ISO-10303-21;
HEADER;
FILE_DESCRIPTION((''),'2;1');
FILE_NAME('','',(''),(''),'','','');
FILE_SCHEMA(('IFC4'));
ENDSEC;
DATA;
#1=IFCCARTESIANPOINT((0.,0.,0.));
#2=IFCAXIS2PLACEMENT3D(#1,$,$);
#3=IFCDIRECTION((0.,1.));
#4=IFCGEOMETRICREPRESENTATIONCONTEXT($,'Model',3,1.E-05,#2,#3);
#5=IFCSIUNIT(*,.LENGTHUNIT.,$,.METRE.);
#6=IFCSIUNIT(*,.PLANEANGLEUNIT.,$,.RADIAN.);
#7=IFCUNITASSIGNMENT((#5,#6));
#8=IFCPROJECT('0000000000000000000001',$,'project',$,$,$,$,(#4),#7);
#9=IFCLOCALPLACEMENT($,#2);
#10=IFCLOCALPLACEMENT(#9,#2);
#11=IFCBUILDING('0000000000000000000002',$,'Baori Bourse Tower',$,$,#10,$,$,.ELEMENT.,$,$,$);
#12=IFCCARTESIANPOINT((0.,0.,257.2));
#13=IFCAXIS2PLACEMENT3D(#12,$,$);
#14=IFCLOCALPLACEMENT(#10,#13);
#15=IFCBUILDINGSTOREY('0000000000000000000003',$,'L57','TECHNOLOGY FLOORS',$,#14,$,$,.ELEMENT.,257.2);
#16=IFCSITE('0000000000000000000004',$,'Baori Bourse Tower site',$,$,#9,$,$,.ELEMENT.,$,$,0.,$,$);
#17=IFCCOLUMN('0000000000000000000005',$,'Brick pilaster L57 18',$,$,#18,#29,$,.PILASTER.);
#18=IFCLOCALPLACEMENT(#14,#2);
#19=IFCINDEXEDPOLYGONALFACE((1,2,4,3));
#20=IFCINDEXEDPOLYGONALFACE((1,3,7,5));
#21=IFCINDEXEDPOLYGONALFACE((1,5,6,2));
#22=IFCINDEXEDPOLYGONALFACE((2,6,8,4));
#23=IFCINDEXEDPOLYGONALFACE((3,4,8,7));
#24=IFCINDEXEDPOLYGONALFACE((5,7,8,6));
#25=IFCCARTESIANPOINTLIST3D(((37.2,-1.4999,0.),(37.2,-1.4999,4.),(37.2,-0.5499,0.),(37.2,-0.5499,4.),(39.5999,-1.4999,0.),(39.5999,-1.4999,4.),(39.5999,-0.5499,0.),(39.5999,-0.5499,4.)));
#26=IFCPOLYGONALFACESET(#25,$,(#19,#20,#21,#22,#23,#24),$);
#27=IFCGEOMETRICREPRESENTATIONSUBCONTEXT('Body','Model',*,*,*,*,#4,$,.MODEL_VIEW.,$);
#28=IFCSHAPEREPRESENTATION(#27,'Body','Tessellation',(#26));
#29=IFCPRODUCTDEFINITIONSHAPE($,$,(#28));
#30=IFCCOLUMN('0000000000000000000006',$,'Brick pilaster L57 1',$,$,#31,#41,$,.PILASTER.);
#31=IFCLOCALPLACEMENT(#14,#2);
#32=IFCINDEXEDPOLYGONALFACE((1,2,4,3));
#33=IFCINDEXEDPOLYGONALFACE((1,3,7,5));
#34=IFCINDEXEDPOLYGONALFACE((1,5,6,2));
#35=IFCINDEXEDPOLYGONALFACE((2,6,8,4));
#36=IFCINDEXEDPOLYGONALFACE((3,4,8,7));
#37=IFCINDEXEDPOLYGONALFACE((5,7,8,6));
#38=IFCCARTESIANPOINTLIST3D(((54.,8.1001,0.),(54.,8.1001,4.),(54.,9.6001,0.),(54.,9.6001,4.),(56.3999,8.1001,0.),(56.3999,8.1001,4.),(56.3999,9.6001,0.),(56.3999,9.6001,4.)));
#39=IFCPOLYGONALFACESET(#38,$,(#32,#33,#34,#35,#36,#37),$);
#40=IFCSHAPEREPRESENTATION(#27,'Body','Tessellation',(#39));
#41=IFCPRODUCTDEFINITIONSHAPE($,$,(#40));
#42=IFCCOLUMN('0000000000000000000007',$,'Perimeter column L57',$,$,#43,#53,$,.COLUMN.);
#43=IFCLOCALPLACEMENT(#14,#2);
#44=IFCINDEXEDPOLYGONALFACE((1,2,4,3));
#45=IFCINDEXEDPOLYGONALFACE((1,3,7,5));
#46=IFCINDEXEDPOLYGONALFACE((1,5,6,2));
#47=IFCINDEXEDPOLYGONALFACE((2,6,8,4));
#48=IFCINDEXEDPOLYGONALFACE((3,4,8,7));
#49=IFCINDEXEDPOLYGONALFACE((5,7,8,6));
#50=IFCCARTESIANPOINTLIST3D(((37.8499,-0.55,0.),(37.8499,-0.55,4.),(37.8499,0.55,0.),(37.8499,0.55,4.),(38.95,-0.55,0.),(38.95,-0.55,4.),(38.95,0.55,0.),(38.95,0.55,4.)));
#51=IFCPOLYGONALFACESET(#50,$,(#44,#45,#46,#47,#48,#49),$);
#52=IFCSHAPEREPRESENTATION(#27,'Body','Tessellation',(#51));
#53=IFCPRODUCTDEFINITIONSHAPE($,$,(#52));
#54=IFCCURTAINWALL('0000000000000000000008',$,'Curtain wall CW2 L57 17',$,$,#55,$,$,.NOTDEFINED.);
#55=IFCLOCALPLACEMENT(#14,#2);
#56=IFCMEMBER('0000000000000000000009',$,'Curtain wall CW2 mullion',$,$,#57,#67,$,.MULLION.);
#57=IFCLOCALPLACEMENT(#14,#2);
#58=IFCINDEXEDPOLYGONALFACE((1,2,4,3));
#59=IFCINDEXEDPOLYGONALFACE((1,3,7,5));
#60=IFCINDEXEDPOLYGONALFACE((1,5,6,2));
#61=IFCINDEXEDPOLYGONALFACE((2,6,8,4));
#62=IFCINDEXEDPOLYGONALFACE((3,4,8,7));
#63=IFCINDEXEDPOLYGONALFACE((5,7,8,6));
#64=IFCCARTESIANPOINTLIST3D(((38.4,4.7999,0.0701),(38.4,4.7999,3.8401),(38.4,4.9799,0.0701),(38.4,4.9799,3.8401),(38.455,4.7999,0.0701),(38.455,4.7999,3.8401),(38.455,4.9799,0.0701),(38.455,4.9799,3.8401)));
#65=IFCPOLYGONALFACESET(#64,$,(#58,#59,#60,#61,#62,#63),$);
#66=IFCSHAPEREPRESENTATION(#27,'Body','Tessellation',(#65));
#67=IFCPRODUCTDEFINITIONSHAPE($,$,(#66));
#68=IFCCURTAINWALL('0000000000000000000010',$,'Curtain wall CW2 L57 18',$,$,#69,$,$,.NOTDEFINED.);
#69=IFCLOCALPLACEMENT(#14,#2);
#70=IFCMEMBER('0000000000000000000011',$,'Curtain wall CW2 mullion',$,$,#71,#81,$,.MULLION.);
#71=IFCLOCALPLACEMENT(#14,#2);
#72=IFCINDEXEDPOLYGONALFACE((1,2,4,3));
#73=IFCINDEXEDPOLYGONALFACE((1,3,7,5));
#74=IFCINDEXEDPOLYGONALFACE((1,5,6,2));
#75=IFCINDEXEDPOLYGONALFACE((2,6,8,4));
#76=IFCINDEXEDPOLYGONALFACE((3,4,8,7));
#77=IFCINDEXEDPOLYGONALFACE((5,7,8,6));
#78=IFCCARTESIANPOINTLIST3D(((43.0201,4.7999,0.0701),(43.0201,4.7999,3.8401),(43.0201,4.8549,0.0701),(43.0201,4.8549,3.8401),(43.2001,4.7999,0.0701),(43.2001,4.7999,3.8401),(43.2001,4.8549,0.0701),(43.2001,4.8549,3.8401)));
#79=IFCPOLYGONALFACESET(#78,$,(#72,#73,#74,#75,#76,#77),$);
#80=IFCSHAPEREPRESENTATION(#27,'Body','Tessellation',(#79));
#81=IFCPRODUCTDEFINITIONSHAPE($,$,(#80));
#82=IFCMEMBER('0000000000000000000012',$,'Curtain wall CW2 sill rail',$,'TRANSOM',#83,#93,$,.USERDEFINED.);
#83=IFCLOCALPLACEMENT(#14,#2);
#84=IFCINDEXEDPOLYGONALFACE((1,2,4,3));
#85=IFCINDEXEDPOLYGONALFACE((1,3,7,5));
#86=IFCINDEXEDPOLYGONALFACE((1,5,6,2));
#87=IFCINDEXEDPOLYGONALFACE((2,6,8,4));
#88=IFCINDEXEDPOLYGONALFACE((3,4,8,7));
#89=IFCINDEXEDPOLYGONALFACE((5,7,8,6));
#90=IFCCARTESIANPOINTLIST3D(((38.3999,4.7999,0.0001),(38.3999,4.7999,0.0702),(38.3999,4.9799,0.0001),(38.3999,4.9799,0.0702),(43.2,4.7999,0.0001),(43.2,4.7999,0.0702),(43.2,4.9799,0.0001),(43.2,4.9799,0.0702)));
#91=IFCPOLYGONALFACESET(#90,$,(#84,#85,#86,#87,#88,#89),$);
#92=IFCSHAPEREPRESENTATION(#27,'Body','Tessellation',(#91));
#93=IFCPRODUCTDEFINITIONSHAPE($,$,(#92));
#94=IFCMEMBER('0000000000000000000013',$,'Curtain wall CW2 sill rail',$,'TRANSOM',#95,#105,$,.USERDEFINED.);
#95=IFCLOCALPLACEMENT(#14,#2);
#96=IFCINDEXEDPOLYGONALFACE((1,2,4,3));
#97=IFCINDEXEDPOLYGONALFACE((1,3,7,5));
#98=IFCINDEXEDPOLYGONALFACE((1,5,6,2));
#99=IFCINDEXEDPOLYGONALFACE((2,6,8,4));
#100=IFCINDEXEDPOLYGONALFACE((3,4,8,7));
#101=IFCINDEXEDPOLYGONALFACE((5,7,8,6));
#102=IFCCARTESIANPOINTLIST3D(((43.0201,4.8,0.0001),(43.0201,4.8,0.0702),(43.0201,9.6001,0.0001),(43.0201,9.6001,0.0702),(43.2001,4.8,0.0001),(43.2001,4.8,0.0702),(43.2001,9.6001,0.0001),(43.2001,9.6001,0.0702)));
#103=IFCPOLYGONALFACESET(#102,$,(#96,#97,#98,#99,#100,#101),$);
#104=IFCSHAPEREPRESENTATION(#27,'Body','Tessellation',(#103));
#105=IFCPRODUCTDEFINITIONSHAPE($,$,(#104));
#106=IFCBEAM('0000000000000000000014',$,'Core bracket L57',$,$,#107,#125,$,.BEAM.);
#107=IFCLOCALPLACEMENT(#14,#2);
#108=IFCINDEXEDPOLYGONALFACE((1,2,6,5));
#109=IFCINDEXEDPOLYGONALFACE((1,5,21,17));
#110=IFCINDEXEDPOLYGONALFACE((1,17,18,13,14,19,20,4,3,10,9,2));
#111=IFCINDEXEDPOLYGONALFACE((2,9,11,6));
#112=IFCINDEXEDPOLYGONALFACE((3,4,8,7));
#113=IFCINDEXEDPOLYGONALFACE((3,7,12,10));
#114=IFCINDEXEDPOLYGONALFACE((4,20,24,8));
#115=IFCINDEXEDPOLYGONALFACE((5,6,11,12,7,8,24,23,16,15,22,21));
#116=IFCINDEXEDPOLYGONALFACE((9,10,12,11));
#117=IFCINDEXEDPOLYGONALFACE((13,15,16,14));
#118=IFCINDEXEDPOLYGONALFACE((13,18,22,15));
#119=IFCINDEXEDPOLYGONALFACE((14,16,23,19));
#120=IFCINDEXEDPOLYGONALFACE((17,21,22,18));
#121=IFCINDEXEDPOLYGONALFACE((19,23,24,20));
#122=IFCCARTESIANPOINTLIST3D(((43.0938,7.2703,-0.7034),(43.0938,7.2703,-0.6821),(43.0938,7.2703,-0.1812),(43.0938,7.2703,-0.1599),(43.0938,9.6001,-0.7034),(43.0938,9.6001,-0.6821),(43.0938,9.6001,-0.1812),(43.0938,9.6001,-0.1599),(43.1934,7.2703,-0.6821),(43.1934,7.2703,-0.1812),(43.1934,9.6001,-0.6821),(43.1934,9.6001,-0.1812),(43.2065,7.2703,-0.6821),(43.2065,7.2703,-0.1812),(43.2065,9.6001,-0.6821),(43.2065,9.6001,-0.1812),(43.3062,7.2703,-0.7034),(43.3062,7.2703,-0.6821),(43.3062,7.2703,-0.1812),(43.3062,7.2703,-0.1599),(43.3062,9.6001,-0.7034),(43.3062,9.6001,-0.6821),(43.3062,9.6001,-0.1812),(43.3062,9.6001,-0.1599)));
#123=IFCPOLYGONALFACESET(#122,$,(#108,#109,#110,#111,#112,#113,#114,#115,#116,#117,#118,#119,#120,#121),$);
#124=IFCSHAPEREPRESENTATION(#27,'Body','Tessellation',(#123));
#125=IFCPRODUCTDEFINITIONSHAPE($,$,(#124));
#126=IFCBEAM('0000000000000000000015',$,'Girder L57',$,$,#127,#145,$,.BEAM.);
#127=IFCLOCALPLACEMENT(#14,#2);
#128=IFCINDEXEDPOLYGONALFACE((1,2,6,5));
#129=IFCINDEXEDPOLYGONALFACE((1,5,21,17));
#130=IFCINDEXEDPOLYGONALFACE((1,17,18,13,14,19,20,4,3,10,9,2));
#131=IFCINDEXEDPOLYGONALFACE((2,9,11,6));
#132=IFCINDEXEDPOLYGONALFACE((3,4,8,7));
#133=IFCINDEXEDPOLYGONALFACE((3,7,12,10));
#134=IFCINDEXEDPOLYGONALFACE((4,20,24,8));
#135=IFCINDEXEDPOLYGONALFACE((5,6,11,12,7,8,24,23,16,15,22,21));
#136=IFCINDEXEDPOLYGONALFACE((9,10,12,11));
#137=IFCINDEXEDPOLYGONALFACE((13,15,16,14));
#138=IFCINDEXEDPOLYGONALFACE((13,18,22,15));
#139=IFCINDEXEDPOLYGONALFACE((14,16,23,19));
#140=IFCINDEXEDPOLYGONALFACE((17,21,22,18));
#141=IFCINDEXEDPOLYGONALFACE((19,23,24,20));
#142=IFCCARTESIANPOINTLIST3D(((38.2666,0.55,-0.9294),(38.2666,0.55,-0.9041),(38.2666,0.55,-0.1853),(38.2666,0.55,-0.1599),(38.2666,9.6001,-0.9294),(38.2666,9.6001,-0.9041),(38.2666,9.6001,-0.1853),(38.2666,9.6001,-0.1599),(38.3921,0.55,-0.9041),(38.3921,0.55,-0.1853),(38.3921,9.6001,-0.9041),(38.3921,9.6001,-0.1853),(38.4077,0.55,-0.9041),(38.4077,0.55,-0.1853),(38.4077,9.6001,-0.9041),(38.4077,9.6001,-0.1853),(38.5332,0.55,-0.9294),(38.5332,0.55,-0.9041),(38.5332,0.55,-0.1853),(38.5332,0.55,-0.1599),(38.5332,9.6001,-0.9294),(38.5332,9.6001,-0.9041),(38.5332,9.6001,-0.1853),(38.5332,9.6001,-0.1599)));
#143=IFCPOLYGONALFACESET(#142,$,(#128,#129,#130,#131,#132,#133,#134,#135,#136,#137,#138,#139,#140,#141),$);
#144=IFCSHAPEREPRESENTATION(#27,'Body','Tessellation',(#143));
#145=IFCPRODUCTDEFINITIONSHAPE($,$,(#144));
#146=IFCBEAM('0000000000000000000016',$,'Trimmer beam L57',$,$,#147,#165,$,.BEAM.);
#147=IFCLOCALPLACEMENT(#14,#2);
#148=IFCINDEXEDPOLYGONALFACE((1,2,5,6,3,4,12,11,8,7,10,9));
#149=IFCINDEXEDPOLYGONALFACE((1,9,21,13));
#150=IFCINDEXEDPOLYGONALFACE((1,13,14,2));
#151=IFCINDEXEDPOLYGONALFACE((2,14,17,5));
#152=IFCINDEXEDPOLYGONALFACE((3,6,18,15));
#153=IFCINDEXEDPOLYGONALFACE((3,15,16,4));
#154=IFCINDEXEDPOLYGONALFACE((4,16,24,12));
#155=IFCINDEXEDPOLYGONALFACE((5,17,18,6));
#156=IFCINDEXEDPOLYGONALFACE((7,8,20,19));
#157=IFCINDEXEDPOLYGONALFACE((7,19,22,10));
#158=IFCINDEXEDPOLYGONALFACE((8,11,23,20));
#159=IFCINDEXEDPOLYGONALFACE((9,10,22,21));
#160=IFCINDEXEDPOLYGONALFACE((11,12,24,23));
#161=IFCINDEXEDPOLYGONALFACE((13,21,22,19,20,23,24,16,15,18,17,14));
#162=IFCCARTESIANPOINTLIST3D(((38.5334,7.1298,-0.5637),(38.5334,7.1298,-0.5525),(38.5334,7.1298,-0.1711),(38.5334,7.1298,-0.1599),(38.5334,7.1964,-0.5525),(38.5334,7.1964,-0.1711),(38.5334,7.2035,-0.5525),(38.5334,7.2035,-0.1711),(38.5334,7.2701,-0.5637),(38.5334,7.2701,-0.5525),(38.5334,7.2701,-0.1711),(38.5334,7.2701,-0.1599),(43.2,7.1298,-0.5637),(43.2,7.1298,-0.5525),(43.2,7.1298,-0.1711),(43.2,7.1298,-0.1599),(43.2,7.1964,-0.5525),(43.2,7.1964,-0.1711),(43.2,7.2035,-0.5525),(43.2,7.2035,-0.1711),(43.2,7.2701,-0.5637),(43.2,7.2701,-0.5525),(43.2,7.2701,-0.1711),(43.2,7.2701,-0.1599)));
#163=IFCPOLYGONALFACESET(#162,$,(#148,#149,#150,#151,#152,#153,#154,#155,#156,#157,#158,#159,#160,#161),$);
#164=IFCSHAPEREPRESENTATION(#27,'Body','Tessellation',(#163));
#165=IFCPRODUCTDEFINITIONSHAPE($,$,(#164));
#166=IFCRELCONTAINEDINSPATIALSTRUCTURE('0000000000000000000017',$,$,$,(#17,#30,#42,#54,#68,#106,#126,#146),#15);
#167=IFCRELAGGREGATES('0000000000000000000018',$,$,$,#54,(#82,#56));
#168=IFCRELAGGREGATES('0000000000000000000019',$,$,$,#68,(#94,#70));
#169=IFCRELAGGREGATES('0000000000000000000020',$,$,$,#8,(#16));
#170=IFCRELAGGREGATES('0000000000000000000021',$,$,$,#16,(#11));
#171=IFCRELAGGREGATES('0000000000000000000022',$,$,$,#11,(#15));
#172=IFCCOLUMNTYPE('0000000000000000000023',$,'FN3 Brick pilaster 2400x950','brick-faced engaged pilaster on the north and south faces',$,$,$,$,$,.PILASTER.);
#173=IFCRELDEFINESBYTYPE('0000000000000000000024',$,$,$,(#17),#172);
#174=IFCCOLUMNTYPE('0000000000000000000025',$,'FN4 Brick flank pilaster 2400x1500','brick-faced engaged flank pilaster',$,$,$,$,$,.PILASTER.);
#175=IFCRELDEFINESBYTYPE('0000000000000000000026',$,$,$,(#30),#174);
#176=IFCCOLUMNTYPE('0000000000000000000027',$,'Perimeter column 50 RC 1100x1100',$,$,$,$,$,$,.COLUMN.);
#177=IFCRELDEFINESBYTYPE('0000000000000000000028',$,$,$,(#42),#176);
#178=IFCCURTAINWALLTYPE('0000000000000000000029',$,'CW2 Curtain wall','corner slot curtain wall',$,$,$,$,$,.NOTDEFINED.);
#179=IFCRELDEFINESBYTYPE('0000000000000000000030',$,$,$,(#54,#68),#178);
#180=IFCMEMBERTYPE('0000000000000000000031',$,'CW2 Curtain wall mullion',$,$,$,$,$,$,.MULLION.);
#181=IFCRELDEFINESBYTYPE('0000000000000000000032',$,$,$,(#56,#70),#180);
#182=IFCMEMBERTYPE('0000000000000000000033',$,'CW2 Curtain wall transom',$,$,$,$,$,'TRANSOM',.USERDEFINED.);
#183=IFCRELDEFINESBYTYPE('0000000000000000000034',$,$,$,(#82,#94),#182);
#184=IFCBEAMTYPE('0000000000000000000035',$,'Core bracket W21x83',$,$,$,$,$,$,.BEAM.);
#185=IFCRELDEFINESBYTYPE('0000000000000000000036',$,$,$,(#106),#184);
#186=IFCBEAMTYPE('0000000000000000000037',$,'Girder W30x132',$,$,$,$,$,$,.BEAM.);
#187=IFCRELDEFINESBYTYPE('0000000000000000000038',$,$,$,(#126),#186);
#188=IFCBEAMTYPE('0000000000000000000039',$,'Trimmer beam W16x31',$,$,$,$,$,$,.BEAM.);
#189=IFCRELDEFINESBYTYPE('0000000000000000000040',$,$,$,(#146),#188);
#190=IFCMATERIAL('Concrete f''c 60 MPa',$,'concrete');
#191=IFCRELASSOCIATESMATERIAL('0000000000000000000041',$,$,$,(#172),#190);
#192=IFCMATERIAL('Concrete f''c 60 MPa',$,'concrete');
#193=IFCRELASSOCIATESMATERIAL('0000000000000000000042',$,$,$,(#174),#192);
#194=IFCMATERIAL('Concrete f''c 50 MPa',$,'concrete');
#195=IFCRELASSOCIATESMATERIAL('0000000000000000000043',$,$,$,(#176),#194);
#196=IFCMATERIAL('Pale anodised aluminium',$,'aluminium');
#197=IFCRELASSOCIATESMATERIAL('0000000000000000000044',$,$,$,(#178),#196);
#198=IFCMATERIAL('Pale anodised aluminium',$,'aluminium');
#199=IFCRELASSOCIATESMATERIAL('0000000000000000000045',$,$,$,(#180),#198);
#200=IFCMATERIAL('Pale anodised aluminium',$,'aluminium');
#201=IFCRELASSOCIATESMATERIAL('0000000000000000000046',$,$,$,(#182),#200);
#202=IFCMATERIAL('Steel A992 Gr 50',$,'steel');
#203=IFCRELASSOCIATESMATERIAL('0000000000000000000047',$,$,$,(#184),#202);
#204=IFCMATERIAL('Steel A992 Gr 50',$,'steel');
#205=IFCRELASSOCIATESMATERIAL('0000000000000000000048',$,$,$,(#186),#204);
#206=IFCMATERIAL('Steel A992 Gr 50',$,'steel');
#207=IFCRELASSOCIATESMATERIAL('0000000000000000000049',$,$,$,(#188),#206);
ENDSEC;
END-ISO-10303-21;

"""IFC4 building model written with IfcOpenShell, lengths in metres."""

from ifc_helpers import new_model, si_unit, direction, frame, origin, origin_2d, place, context, subcontext, project, spatial, rectangle, i_section, extrude, material, material_profile, profile_set, type_object, element, aggregate, save


model = new_model("IFC4")

# Units and contexts
model_context = context("Model", 3, precision=1e-05, world=origin(), true_north=direction((0.0, 1.0)))
body_context = subcontext(model_context, "Body", "Model", "MODEL_VIEW")
ifc_project = project(units=[si_unit("LENGTHUNIT", "METRE"), si_unit("PLANEANGLEUNIT", "RADIAN")], contexts=[model_context])

# Site, building, storey
site_placement = place(None, origin())
site = spatial("IfcSite", under=ifc_project, at=site_placement, Name="Baori Bourse Tower site", CompositionType="ELEMENT", RefElevation=0.0)
building_placement = place(site_placement, origin())
building = spatial("IfcBuilding", under=site, at=building_placement, Name="Baori Bourse Tower", CompositionType="ELEMENT")
storey_placement = place(building_placement, frame((0.0, 0.0, 257.2)))
storey = spatial("IfcBuildingStorey", under=building, at=storey_placement, Name="L57", Description="TECHNOLOGY FLOORS", CompositionType="ELEMENT", Elevation=257.2)

# Columns
ifc_material_1 = material(Name="Concrete f'c 60 MPa", Category="concrete")
ifc_material_profile_1 = material_profile(ifc_material_1, rectangle(XDim=2.3999, YDim=0.95, at=origin_2d()), Name="RC 2400x950")
ifc_profile_set_1 = profile_set([ifc_material_profile_1], Name="Concrete f'c 60 MPa")
column_type_1 = type_object("IfcColumnType", Name="FN3 Brick pilaster 2400x950", Description="brick-faced engaged pilaster on the north and south faces", PredefinedType="PILASTER", material=ifc_profile_set_1)
column_1_placement = place(storey_placement, frame((38.3999, -1.0249, 0.0), z_axis=(0.0, 0.0, 1.0), x_axis=(1.0, 0.0, 0.0)))
element("IfcColumn", 1, at=column_1_placement, inside=storey, type_object=column_type_1, Name="Brick pilaster L57 18", PredefinedType="PILASTER", context=body_context, shape_type="SweptSolid", body=[
    extrude(rectangle(XDim=2.3999, YDim=0.95, at=origin_2d()), origin(), (0.0, 0.0, 1.0), 4.0),
])
ifc_material_2 = material(Name="Concrete f'c 60 MPa", Category="concrete")
ifc_material_profile_2 = material_profile(ifc_material_2, rectangle(XDim=2.3999, YDim=1.5, at=origin_2d()), Name="RC 2400x1500")
ifc_profile_set_2 = profile_set([ifc_material_profile_2], Name="Concrete f'c 60 MPa")
column_type_2 = type_object("IfcColumnType", Name="FN4 Brick flank pilaster 2400x1500", Description="brick-faced engaged flank pilaster", PredefinedType="PILASTER", material=ifc_profile_set_2)
column_2_placement = place(storey_placement, frame((55.2, 8.8501, 0.0), z_axis=(0.0, 0.0, 1.0), x_axis=(1.0, 0.0, 0.0)))
element("IfcColumn", 2, at=column_2_placement, inside=storey, type_object=column_type_2, Name="Brick pilaster L57 1", PredefinedType="PILASTER", context=body_context, shape_type="SweptSolid", body=[
    extrude(rectangle(XDim=2.3999, YDim=1.5, at=origin_2d()), origin(), (0.0, 0.0, 1.0), 4.0),
])
ifc_material_3 = material(Name="Concrete f'c 50 MPa", Category="concrete")
ifc_material_profile_3 = material_profile(ifc_material_3, rectangle(XDim=1.1001, YDim=1.1001, at=origin_2d()), Name="RC 1100x1100")
ifc_profile_set_3 = profile_set([ifc_material_profile_3], Name="Concrete f'c 50 MPa")
column_type_3 = type_object("IfcColumnType", Name="Perimeter column 50 RC 1100x1100", PredefinedType="COLUMN", material=ifc_profile_set_3)
column_3_placement = place(storey_placement, frame((38.3999, 0.0, 0.0), z_axis=(0.0, 0.0, 1.0), x_axis=(1.0, 0.0, 0.0)))
element("IfcColumn", 3, at=column_3_placement, inside=storey, type_object=column_type_3, Name="Perimeter column L57", PredefinedType="COLUMN", context=body_context, shape_type="SweptSolid", body=[
    extrude(rectangle(XDim=1.1001, YDim=1.1001, at=origin_2d()), origin(), (0.0, 0.0, 1.0), 4.0),
])

# Curtain walls, members
ifc_material_4 = material(Name="Pale anodised aluminium", Category="aluminium")
curtain_wall_type = type_object("IfcCurtainWallType", Name="CW2 Curtain wall", Description="corner slot curtain wall", PredefinedType="NOTDEFINED", material=ifc_material_4)
curtain_wall_1_placement = place(storey_placement, origin())
curtain_wall_1 = element("IfcCurtainWall", 4, at=curtain_wall_1_placement, inside=storey, type_object=curtain_wall_type, Name="Curtain wall CW2 L57 17", PredefinedType="NOTDEFINED")
ifc_material_5 = material(Name="Pale anodised aluminium", Category="aluminium")
ifc_material_profile_4 = material_profile(ifc_material_5, rectangle(XDim=0.1799, YDim=0.0549, at=origin_2d()), Name="Mullion 55x180")
ifc_profile_set_4 = profile_set([ifc_material_profile_4], Name="Pale anodised aluminium")
member_type_1 = type_object("IfcMemberType", Name="CW2 Curtain wall mullion", PredefinedType="MULLION", material=ifc_profile_set_4)
member_1_placement = place(storey_placement, frame((38.4275, 4.8899, 0.0701), z_axis=(0.0, 0.0, 1.0), x_axis=(0.0, 1.0, 0.0)))
member_1 = element("IfcMember", 5, at=member_1_placement, type_object=member_type_1, Name="Curtain wall CW2 mullion", PredefinedType="MULLION", context=body_context, shape_type="SweptSolid", body=[
    extrude(rectangle(XDim=0.1799, YDim=0.0549, at=origin_2d()), origin(), (0.0, 0.0, 1.0), 3.77),
])
curtain_wall_2_placement = place(storey_placement, origin())
curtain_wall_2 = element("IfcCurtainWall", 6, at=curtain_wall_2_placement, inside=storey, type_object=curtain_wall_type, Name="Curtain wall CW2 L57 18", PredefinedType="NOTDEFINED")
member_2_placement = place(storey_placement, frame((43.1101, 4.8274, 0.0701), z_axis=(0.0, 0.0, 1.0), x_axis=(-1.0, 0.0, 0.0)))
member_2 = element("IfcMember", 7, at=member_2_placement, type_object=member_type_1, Name="Curtain wall CW2 mullion", PredefinedType="MULLION", context=body_context, shape_type="SweptSolid", body=[
    extrude(rectangle(XDim=0.1799, YDim=0.0549, at=origin_2d()), origin(), (0.0, 0.0, 1.0), 3.77),
])

# Members
ifc_material_6 = material(Name="Pale anodised aluminium", Category="aluminium")
ifc_material_profile_5 = material_profile(ifc_material_6, rectangle(XDim=0.1799, YDim=0.0701, at=origin_2d()), Name="Transom 70x180")
ifc_profile_set_5 = profile_set([ifc_material_profile_5], Name="Pale anodised aluminium")
member_type_2 = type_object("IfcMemberType", Name="CW2 Curtain wall transom", ElementType="TRANSOM", PredefinedType="USERDEFINED", material=ifc_profile_set_5)
member_3_placement = place(storey_placement, frame((38.3999, 4.8899, 0.0352), z_axis=(1.0, 0.0, 0.0), x_axis=(0.0, 1.0, 0.0)))
member_3 = element("IfcMember", 8, at=member_3_placement, type_object=member_type_2, Name="Curtain wall CW2 sill rail", ObjectType="TRANSOM", PredefinedType="USERDEFINED", context=body_context, shape_type="SweptSolid", body=[
    extrude(rectangle(XDim=0.1799, YDim=0.0701, at=origin_2d()), origin(), (0.0, 0.0, 1.0), 4.8),
])
member_4_placement = place(storey_placement, frame((43.1101, 4.8, 0.0352), z_axis=(0.0, 1.0, 0.0), x_axis=(-1.0, 0.0, 0.0)))
member_4 = element("IfcMember", 9, at=member_4_placement, type_object=member_type_2, Name="Curtain wall CW2 sill rail", ObjectType="TRANSOM", PredefinedType="USERDEFINED", context=body_context, shape_type="SweptSolid", body=[
    extrude(rectangle(XDim=0.1799, YDim=0.0701, at=origin_2d()), origin(), (0.0, 0.0, 1.0), 4.8),
])

# Beams
ifc_material_7 = material(Name="Steel A992 Gr 50", Category="steel")
ifc_material_profile_6 = material_profile(ifc_material_7, i_section(OverallWidth=0.2124, OverallDepth=0.5435, WebThickness=0.0132, FlangeThickness=0.0212, at=origin_2d()), Name="W21x83")
ifc_profile_set_6 = profile_set([ifc_material_profile_6], Name="Steel A992 Gr 50")
beam_type_1 = type_object("IfcBeamType", Name="Core bracket W21x83", PredefinedType="BEAM", material=ifc_profile_set_6)
beam_1_placement = place(storey_placement, frame((43.2, 7.2703, -0.4316), z_axis=(0.0, 1.0, 0.0), x_axis=(-1.0, 0.0, 0.0)))
element("IfcBeam", 10, at=beam_1_placement, inside=storey, type_object=beam_type_1, Name="Core bracket L57", PredefinedType="BEAM", context=body_context, shape_type="SweptSolid", body=[
    extrude(i_section(OverallWidth=0.2124, OverallDepth=0.5435, WebThickness=0.0132, FlangeThickness=0.0212, at=origin_2d()), origin(), (0.0, 0.0, 1.0), 2.3298),
])
ifc_material_8 = material(Name="Steel A992 Gr 50", Category="steel")
ifc_material_profile_7 = material_profile(ifc_material_8, i_section(OverallWidth=0.2666, OverallDepth=0.7695, WebThickness=0.0156, FlangeThickness=0.0254, at=origin_2d()), Name="W30x132")
ifc_profile_set_7 = profile_set([ifc_material_profile_7], Name="Steel A992 Gr 50")
beam_type_2 = type_object("IfcBeamType", Name="Girder W30x132", PredefinedType="BEAM", material=ifc_profile_set_7)
beam_2_placement = place(storey_placement, frame((38.3999, 0.55, -0.5447), z_axis=(0.0, 1.0, 0.0), x_axis=(-1.0, 0.0, 0.0)))
element("IfcBeam", 11, at=beam_2_placement, inside=storey, type_object=beam_type_2, Name="Girder L57", PredefinedType="BEAM", context=body_context, shape_type="SweptSolid", body=[
    extrude(i_section(OverallWidth=0.2666, OverallDepth=0.7695, WebThickness=0.0156, FlangeThickness=0.0254, at=origin_2d()), origin(), (0.0, 0.0, 1.0), 9.05),
])
ifc_material_9 = material(Name="Steel A992 Gr 50", Category="steel")
ifc_material_profile_8 = material_profile(ifc_material_9, i_section(OverallWidth=0.1404, OverallDepth=0.4038, WebThickness=0.0071, FlangeThickness=0.0112, at=origin_2d()), Name="W16x31")
ifc_profile_set_8 = profile_set([ifc_material_profile_8], Name="Steel A992 Gr 50")
beam_type_3 = type_object("IfcBeamType", Name="Trimmer beam W16x31", PredefinedType="BEAM", material=ifc_profile_set_8)
beam_3_placement = place(storey_placement, frame((38.5334, 7.2, -0.3618), z_axis=(1.0, 0.0, 0.0), x_axis=(0.0, 1.0, 0.0)))
element("IfcBeam", 12, at=beam_3_placement, inside=storey, type_object=beam_type_3, Name="Trimmer beam L57", PredefinedType="BEAM", context=body_context, shape_type="SweptSolid", body=[
    extrude(i_section(OverallWidth=0.1404, OverallDepth=0.4038, WebThickness=0.0071, FlangeThickness=0.0112, at=origin_2d()), origin(), (0.0, 0.0, 1.0), 4.6665),
])

aggregate(curtain_wall_1, [member_3, member_1])
aggregate(curtain_wall_2, [member_4, member_2])

save(model, "model.ifc")
